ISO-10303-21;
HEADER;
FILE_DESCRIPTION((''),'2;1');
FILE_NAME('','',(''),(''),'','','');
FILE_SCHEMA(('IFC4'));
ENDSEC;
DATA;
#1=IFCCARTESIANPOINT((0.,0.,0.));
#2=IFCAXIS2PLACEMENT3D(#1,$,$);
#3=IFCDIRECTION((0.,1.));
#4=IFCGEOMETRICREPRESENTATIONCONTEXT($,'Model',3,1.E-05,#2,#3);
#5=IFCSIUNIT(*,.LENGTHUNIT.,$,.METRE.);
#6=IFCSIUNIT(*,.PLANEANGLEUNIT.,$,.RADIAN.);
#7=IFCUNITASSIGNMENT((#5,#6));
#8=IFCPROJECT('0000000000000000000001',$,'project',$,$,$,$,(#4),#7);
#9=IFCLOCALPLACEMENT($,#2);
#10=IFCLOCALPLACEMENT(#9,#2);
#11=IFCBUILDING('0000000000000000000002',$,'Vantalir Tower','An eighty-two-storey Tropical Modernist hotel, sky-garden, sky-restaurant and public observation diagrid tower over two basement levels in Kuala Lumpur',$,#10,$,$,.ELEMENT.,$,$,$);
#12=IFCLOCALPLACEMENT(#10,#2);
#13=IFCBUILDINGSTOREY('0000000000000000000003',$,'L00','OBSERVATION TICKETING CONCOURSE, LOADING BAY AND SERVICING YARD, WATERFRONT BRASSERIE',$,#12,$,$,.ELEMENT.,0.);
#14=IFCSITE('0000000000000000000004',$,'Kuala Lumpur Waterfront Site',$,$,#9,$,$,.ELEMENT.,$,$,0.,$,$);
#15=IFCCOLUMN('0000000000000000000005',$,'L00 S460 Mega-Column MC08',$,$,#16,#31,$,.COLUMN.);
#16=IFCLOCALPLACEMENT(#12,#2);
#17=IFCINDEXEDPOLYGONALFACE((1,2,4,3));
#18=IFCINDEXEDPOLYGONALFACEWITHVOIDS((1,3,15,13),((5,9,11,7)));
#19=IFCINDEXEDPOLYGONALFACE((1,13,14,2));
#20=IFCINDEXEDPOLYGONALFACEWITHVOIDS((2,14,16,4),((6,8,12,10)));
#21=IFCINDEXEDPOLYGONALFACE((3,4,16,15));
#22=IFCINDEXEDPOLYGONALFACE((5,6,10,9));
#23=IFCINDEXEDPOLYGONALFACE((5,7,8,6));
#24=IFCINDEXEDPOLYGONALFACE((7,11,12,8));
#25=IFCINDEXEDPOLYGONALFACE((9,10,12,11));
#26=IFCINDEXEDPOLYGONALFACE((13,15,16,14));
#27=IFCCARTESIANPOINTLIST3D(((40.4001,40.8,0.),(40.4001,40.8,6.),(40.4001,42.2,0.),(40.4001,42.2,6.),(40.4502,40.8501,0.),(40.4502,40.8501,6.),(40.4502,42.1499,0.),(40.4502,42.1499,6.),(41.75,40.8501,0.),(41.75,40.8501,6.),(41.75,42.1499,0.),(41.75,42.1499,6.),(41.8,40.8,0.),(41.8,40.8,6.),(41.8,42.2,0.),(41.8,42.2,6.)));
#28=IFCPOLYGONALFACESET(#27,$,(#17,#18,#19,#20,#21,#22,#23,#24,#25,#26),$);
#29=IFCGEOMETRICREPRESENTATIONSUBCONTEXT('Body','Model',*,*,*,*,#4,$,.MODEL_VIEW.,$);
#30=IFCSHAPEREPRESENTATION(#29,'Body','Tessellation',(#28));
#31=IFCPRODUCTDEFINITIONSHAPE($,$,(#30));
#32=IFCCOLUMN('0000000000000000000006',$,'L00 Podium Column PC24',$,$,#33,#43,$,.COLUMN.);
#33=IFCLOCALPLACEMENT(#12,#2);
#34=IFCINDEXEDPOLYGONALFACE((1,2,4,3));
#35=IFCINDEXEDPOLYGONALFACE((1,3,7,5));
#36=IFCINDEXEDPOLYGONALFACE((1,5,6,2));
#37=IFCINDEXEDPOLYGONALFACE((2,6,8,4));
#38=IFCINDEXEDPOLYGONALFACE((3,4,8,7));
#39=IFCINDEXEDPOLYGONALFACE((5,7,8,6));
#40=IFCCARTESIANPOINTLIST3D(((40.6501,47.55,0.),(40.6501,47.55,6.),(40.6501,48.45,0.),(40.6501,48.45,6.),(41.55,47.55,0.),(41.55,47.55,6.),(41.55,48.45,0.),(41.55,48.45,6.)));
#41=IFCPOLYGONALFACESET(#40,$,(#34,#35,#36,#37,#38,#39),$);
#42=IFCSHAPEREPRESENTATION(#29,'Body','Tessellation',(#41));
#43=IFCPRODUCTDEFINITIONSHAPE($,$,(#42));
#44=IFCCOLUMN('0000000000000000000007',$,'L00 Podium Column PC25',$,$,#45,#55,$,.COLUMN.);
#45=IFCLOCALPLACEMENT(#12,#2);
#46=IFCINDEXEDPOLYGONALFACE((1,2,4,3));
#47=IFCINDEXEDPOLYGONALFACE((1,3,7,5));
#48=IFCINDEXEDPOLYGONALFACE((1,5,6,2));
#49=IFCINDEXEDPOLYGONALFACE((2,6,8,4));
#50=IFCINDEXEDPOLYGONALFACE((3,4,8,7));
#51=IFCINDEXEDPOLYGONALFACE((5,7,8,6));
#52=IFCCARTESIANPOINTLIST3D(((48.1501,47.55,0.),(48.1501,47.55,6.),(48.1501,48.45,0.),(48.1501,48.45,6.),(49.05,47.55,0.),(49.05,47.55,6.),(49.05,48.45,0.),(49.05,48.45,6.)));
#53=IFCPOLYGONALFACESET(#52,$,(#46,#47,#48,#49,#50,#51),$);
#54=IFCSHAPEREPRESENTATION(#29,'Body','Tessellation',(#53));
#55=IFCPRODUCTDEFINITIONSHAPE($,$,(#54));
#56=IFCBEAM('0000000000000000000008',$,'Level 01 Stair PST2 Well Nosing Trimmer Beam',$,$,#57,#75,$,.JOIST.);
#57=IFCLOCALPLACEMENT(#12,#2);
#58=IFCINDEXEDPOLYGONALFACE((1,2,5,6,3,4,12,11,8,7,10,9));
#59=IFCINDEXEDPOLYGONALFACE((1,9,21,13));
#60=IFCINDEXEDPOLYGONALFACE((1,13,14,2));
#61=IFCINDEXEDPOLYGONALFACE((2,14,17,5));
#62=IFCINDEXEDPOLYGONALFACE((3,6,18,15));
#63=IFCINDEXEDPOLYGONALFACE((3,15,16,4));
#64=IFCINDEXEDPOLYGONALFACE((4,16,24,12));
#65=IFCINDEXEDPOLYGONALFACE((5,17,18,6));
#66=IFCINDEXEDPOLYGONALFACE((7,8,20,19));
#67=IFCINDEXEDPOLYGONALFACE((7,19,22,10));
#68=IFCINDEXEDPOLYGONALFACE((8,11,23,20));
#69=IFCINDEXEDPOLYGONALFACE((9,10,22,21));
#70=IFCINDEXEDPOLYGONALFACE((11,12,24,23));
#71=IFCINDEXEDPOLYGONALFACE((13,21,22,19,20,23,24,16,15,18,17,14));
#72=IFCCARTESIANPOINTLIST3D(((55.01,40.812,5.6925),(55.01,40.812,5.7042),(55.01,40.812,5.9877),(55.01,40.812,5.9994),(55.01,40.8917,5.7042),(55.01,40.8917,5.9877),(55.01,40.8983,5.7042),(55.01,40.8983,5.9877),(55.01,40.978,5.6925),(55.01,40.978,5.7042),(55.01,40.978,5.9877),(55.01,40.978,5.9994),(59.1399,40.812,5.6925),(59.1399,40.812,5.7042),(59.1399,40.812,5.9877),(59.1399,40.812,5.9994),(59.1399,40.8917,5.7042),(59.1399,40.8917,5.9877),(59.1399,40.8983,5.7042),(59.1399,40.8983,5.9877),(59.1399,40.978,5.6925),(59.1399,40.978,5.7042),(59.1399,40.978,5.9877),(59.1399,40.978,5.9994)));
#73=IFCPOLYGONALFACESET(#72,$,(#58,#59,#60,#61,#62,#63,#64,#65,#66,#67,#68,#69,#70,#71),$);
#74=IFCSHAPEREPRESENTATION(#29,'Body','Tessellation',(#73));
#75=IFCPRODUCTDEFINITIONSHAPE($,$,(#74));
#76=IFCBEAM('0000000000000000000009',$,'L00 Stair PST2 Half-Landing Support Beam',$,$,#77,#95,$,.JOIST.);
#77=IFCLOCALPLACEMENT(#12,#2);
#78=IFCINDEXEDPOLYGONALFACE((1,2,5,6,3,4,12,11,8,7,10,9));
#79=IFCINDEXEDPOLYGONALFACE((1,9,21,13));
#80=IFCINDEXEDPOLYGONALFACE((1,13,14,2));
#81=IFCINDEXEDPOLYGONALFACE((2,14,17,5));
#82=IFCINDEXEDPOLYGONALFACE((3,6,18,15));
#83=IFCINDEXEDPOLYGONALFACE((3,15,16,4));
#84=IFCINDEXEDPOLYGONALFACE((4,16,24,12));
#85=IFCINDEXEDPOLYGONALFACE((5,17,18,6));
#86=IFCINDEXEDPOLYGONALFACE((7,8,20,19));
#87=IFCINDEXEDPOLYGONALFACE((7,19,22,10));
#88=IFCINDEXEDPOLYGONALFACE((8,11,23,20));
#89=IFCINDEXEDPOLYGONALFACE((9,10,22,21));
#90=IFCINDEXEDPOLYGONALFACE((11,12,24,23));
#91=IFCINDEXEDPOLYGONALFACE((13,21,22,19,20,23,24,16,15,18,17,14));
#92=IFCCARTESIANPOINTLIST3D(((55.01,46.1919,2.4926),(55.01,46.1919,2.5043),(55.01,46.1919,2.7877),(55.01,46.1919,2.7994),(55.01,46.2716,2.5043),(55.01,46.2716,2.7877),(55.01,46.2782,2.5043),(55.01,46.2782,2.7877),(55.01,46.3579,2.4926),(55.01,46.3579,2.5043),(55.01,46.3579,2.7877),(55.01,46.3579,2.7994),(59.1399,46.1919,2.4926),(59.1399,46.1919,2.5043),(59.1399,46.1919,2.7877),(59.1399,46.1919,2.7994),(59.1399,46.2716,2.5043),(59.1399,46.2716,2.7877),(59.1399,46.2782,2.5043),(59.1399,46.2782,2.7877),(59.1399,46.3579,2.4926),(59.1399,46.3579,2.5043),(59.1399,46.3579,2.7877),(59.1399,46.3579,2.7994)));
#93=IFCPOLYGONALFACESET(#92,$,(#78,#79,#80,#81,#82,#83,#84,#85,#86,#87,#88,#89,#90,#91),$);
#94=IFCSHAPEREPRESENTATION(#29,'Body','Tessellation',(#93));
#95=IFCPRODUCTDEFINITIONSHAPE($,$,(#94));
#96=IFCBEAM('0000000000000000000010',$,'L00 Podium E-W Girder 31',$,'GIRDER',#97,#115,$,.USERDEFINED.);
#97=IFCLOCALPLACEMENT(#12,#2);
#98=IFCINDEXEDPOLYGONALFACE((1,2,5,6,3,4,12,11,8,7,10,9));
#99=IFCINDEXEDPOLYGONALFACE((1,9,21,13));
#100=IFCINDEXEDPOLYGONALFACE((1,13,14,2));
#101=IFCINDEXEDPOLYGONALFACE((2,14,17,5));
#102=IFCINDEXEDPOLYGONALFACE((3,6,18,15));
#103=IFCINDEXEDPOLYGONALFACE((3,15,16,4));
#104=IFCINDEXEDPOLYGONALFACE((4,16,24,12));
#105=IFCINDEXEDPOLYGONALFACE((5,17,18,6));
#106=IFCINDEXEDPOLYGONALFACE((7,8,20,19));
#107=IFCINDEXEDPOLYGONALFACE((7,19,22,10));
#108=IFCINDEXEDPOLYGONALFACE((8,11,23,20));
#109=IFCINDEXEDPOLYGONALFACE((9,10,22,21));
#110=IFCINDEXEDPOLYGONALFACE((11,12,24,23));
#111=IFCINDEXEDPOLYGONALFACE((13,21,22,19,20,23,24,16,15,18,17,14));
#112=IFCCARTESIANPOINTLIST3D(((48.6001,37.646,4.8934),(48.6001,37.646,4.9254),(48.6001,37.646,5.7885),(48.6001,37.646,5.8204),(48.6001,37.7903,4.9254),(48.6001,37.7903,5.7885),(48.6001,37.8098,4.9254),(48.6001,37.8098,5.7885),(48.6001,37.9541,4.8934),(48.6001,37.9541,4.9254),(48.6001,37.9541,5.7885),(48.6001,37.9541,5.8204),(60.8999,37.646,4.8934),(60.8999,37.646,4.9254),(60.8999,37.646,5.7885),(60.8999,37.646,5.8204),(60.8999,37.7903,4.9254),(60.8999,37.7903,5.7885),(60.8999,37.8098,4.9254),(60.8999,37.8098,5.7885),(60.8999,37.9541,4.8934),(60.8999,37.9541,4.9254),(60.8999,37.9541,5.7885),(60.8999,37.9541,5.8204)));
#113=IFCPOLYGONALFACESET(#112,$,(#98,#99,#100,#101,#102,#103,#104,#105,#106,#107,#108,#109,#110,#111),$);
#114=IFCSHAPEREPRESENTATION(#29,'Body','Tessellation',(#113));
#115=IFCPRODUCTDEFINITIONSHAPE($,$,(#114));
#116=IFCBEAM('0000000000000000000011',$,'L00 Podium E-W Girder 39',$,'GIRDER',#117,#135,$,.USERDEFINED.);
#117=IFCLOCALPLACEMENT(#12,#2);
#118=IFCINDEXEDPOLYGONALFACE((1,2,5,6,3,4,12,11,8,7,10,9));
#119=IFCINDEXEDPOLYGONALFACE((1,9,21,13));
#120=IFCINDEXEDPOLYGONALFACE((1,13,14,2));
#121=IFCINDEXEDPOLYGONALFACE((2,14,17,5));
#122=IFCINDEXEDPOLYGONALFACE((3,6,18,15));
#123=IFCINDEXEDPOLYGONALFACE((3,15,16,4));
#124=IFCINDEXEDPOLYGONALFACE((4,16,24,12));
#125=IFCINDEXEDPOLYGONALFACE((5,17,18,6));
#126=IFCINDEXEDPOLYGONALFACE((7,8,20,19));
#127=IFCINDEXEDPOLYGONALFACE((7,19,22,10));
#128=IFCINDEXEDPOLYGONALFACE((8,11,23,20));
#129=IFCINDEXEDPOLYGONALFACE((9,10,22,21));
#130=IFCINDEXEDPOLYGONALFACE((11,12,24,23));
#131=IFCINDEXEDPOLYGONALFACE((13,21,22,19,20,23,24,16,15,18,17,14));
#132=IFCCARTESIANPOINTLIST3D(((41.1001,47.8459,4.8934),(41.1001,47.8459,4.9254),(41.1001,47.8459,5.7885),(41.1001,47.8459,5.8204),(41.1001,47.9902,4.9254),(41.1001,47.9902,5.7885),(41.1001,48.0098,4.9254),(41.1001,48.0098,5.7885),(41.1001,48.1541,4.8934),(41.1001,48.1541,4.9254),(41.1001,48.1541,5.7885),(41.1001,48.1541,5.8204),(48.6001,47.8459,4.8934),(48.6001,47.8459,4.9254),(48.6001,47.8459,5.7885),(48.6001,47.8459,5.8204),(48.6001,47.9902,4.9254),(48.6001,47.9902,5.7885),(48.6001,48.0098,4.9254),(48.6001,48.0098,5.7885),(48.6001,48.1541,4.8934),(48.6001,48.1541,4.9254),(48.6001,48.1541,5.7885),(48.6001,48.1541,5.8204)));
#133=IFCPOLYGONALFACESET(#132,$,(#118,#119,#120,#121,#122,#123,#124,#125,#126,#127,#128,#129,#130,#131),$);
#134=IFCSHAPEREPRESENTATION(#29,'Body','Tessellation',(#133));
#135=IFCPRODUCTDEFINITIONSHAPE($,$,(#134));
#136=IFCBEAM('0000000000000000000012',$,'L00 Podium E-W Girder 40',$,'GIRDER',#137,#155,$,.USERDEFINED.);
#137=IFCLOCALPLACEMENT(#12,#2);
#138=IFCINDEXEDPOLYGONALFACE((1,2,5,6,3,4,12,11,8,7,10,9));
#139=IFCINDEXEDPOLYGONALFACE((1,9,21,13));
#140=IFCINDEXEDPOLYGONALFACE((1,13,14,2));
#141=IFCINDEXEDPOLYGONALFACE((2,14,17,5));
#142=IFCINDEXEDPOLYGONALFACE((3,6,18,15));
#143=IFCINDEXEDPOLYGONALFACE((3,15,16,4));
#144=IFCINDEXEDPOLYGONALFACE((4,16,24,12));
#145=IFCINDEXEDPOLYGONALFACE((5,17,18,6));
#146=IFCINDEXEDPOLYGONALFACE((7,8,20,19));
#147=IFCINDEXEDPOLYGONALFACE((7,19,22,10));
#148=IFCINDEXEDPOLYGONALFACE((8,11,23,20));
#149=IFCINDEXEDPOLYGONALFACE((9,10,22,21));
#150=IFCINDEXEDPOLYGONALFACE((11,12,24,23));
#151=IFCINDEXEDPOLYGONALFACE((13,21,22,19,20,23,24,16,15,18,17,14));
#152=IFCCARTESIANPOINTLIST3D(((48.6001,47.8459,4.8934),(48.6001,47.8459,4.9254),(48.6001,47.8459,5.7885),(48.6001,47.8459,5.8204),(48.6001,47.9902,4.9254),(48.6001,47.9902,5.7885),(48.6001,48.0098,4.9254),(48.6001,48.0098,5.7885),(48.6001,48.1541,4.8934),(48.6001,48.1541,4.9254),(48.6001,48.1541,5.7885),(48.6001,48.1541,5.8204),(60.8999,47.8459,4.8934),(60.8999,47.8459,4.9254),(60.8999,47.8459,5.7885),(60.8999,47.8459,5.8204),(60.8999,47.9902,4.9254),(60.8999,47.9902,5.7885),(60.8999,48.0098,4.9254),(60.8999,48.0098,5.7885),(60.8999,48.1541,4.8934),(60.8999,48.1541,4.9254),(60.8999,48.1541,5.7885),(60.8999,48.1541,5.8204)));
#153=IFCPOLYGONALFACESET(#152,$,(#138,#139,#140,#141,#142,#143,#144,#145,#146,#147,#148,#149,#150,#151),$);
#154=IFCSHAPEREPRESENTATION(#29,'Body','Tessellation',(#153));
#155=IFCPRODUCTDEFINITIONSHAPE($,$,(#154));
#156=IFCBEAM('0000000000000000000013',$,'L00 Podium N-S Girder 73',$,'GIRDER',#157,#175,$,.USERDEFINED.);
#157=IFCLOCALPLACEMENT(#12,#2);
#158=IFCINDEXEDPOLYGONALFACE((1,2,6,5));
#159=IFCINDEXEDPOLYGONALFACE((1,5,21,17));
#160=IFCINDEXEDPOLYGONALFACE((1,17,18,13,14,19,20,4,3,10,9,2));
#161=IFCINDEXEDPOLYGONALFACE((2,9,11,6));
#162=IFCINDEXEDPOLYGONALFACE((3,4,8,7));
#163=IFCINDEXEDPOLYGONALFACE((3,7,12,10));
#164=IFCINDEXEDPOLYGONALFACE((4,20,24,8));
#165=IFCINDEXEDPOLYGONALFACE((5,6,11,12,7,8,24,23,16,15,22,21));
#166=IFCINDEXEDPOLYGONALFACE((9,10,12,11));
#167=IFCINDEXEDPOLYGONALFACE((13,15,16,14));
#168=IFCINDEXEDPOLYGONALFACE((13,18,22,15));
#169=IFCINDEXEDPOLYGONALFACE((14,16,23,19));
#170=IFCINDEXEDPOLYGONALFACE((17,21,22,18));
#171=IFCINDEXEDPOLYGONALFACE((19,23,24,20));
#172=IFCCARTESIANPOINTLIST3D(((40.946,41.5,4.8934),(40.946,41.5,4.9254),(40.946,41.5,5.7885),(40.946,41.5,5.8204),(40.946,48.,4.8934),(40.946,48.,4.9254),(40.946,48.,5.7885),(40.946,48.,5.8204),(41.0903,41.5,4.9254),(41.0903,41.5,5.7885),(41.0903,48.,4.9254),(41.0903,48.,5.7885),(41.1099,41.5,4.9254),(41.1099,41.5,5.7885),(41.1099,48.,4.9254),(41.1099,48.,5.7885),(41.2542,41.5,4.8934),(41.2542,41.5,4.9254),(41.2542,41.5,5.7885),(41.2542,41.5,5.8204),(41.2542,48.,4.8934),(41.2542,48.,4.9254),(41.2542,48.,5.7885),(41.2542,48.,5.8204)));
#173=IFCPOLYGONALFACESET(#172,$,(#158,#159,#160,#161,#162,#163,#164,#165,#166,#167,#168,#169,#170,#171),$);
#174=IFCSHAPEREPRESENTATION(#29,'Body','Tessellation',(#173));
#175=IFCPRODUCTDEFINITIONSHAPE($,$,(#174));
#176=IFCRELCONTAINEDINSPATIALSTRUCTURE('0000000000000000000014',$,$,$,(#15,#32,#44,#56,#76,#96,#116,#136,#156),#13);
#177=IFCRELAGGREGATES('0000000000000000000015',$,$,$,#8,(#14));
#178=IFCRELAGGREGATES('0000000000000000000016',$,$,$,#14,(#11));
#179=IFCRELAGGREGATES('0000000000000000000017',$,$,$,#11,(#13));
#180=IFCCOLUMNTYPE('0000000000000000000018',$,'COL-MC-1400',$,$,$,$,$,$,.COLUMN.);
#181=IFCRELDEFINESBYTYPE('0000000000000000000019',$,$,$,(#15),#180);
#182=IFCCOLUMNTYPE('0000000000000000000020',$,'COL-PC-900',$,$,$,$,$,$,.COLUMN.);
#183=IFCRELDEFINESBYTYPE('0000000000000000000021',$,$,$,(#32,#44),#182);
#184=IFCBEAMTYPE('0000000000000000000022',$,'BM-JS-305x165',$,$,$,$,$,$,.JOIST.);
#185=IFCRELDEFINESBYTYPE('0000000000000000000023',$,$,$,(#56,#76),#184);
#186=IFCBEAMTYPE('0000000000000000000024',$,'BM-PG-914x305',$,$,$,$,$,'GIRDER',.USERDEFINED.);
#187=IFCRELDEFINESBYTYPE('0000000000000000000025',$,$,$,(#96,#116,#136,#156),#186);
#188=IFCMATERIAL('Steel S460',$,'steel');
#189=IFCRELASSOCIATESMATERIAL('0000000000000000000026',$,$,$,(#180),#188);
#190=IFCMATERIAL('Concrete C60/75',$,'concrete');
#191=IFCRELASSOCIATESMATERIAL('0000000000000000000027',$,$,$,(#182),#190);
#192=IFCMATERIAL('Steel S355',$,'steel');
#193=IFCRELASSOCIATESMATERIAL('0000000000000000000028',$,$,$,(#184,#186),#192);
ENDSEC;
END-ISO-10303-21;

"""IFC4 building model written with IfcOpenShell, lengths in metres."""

from ifc_helpers import new_model, si_unit, direction, frame, origin, origin_2d, place, context, subcontext, project, spatial, rectangle, hollow_rectangle, i_section, extrude, material, material_profile, profile_set, type_object, element, save


model = new_model("IFC4")

# Units and contexts
model_context = context("Model", 3, precision=1e-05, world=origin(), true_north=direction((0.0, 1.0)))
body_context = subcontext(model_context, "Body", "Model", "MODEL_VIEW")
ifc_project = project(units=[si_unit("LENGTHUNIT", "METRE"), si_unit("PLANEANGLEUNIT", "RADIAN")], contexts=[model_context])

# Site, building, storey
site_placement = place(None, origin())
site = spatial("IfcSite", under=ifc_project, at=site_placement, Name="Kuala Lumpur Waterfront Site", CompositionType="ELEMENT", RefElevation=0.0)
building_placement = place(site_placement, origin())
building = spatial("IfcBuilding", under=site, at=building_placement, Name="Vantalir Tower", Description="An eighty-two-storey Tropical Modernist hotel, sky-garden, sky-restaurant and public observation diagrid tower over two basement levels in Kuala Lumpur", CompositionType="ELEMENT")
storey_placement = place(building_placement, origin())
storey = spatial("IfcBuildingStorey", under=building, at=storey_placement, Name="L00", Description="OBSERVATION TICKETING CONCOURSE, LOADING BAY AND SERVICING YARD, WATERFRONT BRASSERIE", CompositionType="ELEMENT", Elevation=0.0)

# Columns
ifc_material_1 = material(Name="Steel S460", Category="steel")
ifc_material_profile_1 = material_profile(ifc_material_1, hollow_rectangle(XDim=1.3999, YDim=1.3999, WallThickness=0.05, at=origin_2d()), Name="Steel S460")
ifc_profile_set_1 = profile_set([ifc_material_profile_1], Name="Steel S460")
column_type_1 = type_object("IfcColumnType", Name="COL-MC-1400", PredefinedType="COLUMN", material=ifc_profile_set_1)
column_placement = place(storey_placement, frame((41.1001, 41.5, 0.0), z_axis=(0.0, 0.0, 1.0), x_axis=(1.0, 0.0, 0.0)))
element("IfcColumn", 1, at=column_placement, inside=storey, type_object=column_type_1, Name="L00 S460 Mega-Column MC08", PredefinedType="COLUMN", context=body_context, shape_type="SweptSolid", body=[
    extrude(hollow_rectangle(XDim=1.3999, YDim=1.3999, WallThickness=0.05, at=origin_2d()), origin(), (0.0, 0.0, 1.0), 6.0),
])
ifc_material_2 = material(Name="Concrete C60/75", Category="concrete")
ifc_material_profile_2 = material_profile(ifc_material_2, rectangle(XDim=0.8999, YDim=0.8999, at=origin_2d()), Name="Concrete C60/75")
ifc_profile_set_2 = profile_set([ifc_material_profile_2], Name="Concrete C60/75")
column_type_2 = type_object("IfcColumnType", Name="COL-PC-900", PredefinedType="COLUMN", material=ifc_profile_set_2)
for number, where, z_axis, x_axis, name in (
    (2, (41.1001, 48.0, 0.0), (0.0, 0.0, 1.0), (1.0, 0.0, 0.0), "L00 Podium Column PC24"),
    (3, (48.6001, 48.0, 0.0), (0.0, 0.0, 1.0), (1.0, 0.0, 0.0), "L00 Podium Column PC25"),
):
    element("IfcColumn", number, at=place(storey_placement, frame(where, z_axis=z_axis, x_axis=x_axis)), inside=storey, type_object=column_type_2, Name=name, PredefinedType="COLUMN", context=body_context, shape_type="SweptSolid", body=[
        extrude(rectangle(XDim=0.8999, YDim=0.8999, at=origin_2d()), origin(), (0.0, 0.0, 1.0), 6.0),
    ])

# Beams
ifc_material_3 = material(Name="Steel S355", Category="steel")
ifc_material_profile_3 = material_profile(ifc_material_3, i_section(OverallWidth=0.166, OverallDepth=0.3069, WebThickness=0.0066, FlangeThickness=0.0117, at=origin_2d()), Name="Steel S355")
ifc_profile_set_3 = profile_set([ifc_material_profile_3], Name="Steel S355")
beam_type_1 = type_object("IfcBeamType", Name="BM-JS-305x165", PredefinedType="JOIST", material=ifc_profile_set_3)
for number, where, z_axis, x_axis, name in (
    (4, (55.01, 40.895, 5.8459), (1.0, 0.0, 0.0), (0.0, 1.0, 0.0), "Level 01 Stair PST2 Well Nosing Trimmer Beam"),
    (5, (55.01, 46.2749, 2.646), (1.0, 0.0, 0.0), (0.0, 1.0, 0.0), "L00 Stair PST2 Half-Landing Support Beam"),
):
    element("IfcBeam", number, at=place(storey_placement, frame(where, z_axis=z_axis, x_axis=x_axis)), inside=storey, type_object=beam_type_1, Name=name, PredefinedType="JOIST", context=body_context, shape_type="SweptSolid", body=[
        extrude(i_section(OverallWidth=0.166, OverallDepth=0.3069, WebThickness=0.0066, FlangeThickness=0.0117, at=origin_2d()), origin(), (0.0, 0.0, 1.0), 4.1299),
    ])
ifc_material_profile_4 = material_profile(ifc_material_3, i_section(OverallWidth=0.3081, OverallDepth=0.927, WebThickness=0.0195, FlangeThickness=0.032, at=origin_2d()), Name="Steel S355")
ifc_profile_set_4 = profile_set([ifc_material_profile_4], Name="Steel S355")
beam_type_2 = type_object("IfcBeamType", Name="BM-PG-914x305", ElementType="GIRDER", PredefinedType="USERDEFINED", material=ifc_profile_set_4)
beam_1_placement = place(storey_placement, frame((48.6001, 37.8, 5.3569), z_axis=(1.0, 0.0, 0.0), x_axis=(0.0, 1.0, 0.0)))
element("IfcBeam", 6, at=beam_1_placement, inside=storey, type_object=beam_type_2, Name="L00 Podium E-W Girder 31", ObjectType="GIRDER", PredefinedType="USERDEFINED", context=body_context, shape_type="SweptSolid", body=[
    extrude(i_section(OverallWidth=0.3081, OverallDepth=0.927, WebThickness=0.0195, FlangeThickness=0.032, at=origin_2d()), origin(), (0.0, 0.0, 1.0), 12.2998),
])
beam_2_placement = place(storey_placement, frame((41.1001, 48.0, 5.3569), z_axis=(1.0, 0.0, 0.0), x_axis=(0.0, 1.0, 0.0)))
element("IfcBeam", 7, at=beam_2_placement, inside=storey, type_object=beam_type_2, Name="L00 Podium E-W Girder 39", ObjectType="GIRDER", PredefinedType="USERDEFINED", context=body_context, shape_type="SweptSolid", body=[
    extrude(i_section(OverallWidth=0.3081, OverallDepth=0.927, WebThickness=0.0195, FlangeThickness=0.032, at=origin_2d()), origin(), (0.0, 0.0, 1.0), 7.5),
])
beam_3_placement = place(storey_placement, frame((48.6001, 48.0, 5.3569), z_axis=(1.0, 0.0, 0.0), x_axis=(0.0, 1.0, 0.0)))
element("IfcBeam", 8, at=beam_3_placement, inside=storey, type_object=beam_type_2, Name="L00 Podium E-W Girder 40", ObjectType="GIRDER", PredefinedType="USERDEFINED", context=body_context, shape_type="SweptSolid", body=[
    extrude(i_section(OverallWidth=0.3081, OverallDepth=0.927, WebThickness=0.0195, FlangeThickness=0.032, at=origin_2d()), origin(), (0.0, 0.0, 1.0), 12.2998),
])
beam_4_placement = place(storey_placement, frame((41.1001, 41.5, 5.3569), z_axis=(0.0, 1.0, 0.0), x_axis=(-1.0, 0.0, 0.0)))
element("IfcBeam", 9, at=beam_4_placement, inside=storey, type_object=beam_type_2, Name="L00 Podium N-S Girder 73", ObjectType="GIRDER", PredefinedType="USERDEFINED", context=body_context, shape_type="SweptSolid", body=[
    extrude(i_section(OverallWidth=0.3081, OverallDepth=0.927, WebThickness=0.0195, FlangeThickness=0.032, at=origin_2d()), origin(), (0.0, 0.0, 1.0), 6.5),
])

save(model, "model.ifc")
